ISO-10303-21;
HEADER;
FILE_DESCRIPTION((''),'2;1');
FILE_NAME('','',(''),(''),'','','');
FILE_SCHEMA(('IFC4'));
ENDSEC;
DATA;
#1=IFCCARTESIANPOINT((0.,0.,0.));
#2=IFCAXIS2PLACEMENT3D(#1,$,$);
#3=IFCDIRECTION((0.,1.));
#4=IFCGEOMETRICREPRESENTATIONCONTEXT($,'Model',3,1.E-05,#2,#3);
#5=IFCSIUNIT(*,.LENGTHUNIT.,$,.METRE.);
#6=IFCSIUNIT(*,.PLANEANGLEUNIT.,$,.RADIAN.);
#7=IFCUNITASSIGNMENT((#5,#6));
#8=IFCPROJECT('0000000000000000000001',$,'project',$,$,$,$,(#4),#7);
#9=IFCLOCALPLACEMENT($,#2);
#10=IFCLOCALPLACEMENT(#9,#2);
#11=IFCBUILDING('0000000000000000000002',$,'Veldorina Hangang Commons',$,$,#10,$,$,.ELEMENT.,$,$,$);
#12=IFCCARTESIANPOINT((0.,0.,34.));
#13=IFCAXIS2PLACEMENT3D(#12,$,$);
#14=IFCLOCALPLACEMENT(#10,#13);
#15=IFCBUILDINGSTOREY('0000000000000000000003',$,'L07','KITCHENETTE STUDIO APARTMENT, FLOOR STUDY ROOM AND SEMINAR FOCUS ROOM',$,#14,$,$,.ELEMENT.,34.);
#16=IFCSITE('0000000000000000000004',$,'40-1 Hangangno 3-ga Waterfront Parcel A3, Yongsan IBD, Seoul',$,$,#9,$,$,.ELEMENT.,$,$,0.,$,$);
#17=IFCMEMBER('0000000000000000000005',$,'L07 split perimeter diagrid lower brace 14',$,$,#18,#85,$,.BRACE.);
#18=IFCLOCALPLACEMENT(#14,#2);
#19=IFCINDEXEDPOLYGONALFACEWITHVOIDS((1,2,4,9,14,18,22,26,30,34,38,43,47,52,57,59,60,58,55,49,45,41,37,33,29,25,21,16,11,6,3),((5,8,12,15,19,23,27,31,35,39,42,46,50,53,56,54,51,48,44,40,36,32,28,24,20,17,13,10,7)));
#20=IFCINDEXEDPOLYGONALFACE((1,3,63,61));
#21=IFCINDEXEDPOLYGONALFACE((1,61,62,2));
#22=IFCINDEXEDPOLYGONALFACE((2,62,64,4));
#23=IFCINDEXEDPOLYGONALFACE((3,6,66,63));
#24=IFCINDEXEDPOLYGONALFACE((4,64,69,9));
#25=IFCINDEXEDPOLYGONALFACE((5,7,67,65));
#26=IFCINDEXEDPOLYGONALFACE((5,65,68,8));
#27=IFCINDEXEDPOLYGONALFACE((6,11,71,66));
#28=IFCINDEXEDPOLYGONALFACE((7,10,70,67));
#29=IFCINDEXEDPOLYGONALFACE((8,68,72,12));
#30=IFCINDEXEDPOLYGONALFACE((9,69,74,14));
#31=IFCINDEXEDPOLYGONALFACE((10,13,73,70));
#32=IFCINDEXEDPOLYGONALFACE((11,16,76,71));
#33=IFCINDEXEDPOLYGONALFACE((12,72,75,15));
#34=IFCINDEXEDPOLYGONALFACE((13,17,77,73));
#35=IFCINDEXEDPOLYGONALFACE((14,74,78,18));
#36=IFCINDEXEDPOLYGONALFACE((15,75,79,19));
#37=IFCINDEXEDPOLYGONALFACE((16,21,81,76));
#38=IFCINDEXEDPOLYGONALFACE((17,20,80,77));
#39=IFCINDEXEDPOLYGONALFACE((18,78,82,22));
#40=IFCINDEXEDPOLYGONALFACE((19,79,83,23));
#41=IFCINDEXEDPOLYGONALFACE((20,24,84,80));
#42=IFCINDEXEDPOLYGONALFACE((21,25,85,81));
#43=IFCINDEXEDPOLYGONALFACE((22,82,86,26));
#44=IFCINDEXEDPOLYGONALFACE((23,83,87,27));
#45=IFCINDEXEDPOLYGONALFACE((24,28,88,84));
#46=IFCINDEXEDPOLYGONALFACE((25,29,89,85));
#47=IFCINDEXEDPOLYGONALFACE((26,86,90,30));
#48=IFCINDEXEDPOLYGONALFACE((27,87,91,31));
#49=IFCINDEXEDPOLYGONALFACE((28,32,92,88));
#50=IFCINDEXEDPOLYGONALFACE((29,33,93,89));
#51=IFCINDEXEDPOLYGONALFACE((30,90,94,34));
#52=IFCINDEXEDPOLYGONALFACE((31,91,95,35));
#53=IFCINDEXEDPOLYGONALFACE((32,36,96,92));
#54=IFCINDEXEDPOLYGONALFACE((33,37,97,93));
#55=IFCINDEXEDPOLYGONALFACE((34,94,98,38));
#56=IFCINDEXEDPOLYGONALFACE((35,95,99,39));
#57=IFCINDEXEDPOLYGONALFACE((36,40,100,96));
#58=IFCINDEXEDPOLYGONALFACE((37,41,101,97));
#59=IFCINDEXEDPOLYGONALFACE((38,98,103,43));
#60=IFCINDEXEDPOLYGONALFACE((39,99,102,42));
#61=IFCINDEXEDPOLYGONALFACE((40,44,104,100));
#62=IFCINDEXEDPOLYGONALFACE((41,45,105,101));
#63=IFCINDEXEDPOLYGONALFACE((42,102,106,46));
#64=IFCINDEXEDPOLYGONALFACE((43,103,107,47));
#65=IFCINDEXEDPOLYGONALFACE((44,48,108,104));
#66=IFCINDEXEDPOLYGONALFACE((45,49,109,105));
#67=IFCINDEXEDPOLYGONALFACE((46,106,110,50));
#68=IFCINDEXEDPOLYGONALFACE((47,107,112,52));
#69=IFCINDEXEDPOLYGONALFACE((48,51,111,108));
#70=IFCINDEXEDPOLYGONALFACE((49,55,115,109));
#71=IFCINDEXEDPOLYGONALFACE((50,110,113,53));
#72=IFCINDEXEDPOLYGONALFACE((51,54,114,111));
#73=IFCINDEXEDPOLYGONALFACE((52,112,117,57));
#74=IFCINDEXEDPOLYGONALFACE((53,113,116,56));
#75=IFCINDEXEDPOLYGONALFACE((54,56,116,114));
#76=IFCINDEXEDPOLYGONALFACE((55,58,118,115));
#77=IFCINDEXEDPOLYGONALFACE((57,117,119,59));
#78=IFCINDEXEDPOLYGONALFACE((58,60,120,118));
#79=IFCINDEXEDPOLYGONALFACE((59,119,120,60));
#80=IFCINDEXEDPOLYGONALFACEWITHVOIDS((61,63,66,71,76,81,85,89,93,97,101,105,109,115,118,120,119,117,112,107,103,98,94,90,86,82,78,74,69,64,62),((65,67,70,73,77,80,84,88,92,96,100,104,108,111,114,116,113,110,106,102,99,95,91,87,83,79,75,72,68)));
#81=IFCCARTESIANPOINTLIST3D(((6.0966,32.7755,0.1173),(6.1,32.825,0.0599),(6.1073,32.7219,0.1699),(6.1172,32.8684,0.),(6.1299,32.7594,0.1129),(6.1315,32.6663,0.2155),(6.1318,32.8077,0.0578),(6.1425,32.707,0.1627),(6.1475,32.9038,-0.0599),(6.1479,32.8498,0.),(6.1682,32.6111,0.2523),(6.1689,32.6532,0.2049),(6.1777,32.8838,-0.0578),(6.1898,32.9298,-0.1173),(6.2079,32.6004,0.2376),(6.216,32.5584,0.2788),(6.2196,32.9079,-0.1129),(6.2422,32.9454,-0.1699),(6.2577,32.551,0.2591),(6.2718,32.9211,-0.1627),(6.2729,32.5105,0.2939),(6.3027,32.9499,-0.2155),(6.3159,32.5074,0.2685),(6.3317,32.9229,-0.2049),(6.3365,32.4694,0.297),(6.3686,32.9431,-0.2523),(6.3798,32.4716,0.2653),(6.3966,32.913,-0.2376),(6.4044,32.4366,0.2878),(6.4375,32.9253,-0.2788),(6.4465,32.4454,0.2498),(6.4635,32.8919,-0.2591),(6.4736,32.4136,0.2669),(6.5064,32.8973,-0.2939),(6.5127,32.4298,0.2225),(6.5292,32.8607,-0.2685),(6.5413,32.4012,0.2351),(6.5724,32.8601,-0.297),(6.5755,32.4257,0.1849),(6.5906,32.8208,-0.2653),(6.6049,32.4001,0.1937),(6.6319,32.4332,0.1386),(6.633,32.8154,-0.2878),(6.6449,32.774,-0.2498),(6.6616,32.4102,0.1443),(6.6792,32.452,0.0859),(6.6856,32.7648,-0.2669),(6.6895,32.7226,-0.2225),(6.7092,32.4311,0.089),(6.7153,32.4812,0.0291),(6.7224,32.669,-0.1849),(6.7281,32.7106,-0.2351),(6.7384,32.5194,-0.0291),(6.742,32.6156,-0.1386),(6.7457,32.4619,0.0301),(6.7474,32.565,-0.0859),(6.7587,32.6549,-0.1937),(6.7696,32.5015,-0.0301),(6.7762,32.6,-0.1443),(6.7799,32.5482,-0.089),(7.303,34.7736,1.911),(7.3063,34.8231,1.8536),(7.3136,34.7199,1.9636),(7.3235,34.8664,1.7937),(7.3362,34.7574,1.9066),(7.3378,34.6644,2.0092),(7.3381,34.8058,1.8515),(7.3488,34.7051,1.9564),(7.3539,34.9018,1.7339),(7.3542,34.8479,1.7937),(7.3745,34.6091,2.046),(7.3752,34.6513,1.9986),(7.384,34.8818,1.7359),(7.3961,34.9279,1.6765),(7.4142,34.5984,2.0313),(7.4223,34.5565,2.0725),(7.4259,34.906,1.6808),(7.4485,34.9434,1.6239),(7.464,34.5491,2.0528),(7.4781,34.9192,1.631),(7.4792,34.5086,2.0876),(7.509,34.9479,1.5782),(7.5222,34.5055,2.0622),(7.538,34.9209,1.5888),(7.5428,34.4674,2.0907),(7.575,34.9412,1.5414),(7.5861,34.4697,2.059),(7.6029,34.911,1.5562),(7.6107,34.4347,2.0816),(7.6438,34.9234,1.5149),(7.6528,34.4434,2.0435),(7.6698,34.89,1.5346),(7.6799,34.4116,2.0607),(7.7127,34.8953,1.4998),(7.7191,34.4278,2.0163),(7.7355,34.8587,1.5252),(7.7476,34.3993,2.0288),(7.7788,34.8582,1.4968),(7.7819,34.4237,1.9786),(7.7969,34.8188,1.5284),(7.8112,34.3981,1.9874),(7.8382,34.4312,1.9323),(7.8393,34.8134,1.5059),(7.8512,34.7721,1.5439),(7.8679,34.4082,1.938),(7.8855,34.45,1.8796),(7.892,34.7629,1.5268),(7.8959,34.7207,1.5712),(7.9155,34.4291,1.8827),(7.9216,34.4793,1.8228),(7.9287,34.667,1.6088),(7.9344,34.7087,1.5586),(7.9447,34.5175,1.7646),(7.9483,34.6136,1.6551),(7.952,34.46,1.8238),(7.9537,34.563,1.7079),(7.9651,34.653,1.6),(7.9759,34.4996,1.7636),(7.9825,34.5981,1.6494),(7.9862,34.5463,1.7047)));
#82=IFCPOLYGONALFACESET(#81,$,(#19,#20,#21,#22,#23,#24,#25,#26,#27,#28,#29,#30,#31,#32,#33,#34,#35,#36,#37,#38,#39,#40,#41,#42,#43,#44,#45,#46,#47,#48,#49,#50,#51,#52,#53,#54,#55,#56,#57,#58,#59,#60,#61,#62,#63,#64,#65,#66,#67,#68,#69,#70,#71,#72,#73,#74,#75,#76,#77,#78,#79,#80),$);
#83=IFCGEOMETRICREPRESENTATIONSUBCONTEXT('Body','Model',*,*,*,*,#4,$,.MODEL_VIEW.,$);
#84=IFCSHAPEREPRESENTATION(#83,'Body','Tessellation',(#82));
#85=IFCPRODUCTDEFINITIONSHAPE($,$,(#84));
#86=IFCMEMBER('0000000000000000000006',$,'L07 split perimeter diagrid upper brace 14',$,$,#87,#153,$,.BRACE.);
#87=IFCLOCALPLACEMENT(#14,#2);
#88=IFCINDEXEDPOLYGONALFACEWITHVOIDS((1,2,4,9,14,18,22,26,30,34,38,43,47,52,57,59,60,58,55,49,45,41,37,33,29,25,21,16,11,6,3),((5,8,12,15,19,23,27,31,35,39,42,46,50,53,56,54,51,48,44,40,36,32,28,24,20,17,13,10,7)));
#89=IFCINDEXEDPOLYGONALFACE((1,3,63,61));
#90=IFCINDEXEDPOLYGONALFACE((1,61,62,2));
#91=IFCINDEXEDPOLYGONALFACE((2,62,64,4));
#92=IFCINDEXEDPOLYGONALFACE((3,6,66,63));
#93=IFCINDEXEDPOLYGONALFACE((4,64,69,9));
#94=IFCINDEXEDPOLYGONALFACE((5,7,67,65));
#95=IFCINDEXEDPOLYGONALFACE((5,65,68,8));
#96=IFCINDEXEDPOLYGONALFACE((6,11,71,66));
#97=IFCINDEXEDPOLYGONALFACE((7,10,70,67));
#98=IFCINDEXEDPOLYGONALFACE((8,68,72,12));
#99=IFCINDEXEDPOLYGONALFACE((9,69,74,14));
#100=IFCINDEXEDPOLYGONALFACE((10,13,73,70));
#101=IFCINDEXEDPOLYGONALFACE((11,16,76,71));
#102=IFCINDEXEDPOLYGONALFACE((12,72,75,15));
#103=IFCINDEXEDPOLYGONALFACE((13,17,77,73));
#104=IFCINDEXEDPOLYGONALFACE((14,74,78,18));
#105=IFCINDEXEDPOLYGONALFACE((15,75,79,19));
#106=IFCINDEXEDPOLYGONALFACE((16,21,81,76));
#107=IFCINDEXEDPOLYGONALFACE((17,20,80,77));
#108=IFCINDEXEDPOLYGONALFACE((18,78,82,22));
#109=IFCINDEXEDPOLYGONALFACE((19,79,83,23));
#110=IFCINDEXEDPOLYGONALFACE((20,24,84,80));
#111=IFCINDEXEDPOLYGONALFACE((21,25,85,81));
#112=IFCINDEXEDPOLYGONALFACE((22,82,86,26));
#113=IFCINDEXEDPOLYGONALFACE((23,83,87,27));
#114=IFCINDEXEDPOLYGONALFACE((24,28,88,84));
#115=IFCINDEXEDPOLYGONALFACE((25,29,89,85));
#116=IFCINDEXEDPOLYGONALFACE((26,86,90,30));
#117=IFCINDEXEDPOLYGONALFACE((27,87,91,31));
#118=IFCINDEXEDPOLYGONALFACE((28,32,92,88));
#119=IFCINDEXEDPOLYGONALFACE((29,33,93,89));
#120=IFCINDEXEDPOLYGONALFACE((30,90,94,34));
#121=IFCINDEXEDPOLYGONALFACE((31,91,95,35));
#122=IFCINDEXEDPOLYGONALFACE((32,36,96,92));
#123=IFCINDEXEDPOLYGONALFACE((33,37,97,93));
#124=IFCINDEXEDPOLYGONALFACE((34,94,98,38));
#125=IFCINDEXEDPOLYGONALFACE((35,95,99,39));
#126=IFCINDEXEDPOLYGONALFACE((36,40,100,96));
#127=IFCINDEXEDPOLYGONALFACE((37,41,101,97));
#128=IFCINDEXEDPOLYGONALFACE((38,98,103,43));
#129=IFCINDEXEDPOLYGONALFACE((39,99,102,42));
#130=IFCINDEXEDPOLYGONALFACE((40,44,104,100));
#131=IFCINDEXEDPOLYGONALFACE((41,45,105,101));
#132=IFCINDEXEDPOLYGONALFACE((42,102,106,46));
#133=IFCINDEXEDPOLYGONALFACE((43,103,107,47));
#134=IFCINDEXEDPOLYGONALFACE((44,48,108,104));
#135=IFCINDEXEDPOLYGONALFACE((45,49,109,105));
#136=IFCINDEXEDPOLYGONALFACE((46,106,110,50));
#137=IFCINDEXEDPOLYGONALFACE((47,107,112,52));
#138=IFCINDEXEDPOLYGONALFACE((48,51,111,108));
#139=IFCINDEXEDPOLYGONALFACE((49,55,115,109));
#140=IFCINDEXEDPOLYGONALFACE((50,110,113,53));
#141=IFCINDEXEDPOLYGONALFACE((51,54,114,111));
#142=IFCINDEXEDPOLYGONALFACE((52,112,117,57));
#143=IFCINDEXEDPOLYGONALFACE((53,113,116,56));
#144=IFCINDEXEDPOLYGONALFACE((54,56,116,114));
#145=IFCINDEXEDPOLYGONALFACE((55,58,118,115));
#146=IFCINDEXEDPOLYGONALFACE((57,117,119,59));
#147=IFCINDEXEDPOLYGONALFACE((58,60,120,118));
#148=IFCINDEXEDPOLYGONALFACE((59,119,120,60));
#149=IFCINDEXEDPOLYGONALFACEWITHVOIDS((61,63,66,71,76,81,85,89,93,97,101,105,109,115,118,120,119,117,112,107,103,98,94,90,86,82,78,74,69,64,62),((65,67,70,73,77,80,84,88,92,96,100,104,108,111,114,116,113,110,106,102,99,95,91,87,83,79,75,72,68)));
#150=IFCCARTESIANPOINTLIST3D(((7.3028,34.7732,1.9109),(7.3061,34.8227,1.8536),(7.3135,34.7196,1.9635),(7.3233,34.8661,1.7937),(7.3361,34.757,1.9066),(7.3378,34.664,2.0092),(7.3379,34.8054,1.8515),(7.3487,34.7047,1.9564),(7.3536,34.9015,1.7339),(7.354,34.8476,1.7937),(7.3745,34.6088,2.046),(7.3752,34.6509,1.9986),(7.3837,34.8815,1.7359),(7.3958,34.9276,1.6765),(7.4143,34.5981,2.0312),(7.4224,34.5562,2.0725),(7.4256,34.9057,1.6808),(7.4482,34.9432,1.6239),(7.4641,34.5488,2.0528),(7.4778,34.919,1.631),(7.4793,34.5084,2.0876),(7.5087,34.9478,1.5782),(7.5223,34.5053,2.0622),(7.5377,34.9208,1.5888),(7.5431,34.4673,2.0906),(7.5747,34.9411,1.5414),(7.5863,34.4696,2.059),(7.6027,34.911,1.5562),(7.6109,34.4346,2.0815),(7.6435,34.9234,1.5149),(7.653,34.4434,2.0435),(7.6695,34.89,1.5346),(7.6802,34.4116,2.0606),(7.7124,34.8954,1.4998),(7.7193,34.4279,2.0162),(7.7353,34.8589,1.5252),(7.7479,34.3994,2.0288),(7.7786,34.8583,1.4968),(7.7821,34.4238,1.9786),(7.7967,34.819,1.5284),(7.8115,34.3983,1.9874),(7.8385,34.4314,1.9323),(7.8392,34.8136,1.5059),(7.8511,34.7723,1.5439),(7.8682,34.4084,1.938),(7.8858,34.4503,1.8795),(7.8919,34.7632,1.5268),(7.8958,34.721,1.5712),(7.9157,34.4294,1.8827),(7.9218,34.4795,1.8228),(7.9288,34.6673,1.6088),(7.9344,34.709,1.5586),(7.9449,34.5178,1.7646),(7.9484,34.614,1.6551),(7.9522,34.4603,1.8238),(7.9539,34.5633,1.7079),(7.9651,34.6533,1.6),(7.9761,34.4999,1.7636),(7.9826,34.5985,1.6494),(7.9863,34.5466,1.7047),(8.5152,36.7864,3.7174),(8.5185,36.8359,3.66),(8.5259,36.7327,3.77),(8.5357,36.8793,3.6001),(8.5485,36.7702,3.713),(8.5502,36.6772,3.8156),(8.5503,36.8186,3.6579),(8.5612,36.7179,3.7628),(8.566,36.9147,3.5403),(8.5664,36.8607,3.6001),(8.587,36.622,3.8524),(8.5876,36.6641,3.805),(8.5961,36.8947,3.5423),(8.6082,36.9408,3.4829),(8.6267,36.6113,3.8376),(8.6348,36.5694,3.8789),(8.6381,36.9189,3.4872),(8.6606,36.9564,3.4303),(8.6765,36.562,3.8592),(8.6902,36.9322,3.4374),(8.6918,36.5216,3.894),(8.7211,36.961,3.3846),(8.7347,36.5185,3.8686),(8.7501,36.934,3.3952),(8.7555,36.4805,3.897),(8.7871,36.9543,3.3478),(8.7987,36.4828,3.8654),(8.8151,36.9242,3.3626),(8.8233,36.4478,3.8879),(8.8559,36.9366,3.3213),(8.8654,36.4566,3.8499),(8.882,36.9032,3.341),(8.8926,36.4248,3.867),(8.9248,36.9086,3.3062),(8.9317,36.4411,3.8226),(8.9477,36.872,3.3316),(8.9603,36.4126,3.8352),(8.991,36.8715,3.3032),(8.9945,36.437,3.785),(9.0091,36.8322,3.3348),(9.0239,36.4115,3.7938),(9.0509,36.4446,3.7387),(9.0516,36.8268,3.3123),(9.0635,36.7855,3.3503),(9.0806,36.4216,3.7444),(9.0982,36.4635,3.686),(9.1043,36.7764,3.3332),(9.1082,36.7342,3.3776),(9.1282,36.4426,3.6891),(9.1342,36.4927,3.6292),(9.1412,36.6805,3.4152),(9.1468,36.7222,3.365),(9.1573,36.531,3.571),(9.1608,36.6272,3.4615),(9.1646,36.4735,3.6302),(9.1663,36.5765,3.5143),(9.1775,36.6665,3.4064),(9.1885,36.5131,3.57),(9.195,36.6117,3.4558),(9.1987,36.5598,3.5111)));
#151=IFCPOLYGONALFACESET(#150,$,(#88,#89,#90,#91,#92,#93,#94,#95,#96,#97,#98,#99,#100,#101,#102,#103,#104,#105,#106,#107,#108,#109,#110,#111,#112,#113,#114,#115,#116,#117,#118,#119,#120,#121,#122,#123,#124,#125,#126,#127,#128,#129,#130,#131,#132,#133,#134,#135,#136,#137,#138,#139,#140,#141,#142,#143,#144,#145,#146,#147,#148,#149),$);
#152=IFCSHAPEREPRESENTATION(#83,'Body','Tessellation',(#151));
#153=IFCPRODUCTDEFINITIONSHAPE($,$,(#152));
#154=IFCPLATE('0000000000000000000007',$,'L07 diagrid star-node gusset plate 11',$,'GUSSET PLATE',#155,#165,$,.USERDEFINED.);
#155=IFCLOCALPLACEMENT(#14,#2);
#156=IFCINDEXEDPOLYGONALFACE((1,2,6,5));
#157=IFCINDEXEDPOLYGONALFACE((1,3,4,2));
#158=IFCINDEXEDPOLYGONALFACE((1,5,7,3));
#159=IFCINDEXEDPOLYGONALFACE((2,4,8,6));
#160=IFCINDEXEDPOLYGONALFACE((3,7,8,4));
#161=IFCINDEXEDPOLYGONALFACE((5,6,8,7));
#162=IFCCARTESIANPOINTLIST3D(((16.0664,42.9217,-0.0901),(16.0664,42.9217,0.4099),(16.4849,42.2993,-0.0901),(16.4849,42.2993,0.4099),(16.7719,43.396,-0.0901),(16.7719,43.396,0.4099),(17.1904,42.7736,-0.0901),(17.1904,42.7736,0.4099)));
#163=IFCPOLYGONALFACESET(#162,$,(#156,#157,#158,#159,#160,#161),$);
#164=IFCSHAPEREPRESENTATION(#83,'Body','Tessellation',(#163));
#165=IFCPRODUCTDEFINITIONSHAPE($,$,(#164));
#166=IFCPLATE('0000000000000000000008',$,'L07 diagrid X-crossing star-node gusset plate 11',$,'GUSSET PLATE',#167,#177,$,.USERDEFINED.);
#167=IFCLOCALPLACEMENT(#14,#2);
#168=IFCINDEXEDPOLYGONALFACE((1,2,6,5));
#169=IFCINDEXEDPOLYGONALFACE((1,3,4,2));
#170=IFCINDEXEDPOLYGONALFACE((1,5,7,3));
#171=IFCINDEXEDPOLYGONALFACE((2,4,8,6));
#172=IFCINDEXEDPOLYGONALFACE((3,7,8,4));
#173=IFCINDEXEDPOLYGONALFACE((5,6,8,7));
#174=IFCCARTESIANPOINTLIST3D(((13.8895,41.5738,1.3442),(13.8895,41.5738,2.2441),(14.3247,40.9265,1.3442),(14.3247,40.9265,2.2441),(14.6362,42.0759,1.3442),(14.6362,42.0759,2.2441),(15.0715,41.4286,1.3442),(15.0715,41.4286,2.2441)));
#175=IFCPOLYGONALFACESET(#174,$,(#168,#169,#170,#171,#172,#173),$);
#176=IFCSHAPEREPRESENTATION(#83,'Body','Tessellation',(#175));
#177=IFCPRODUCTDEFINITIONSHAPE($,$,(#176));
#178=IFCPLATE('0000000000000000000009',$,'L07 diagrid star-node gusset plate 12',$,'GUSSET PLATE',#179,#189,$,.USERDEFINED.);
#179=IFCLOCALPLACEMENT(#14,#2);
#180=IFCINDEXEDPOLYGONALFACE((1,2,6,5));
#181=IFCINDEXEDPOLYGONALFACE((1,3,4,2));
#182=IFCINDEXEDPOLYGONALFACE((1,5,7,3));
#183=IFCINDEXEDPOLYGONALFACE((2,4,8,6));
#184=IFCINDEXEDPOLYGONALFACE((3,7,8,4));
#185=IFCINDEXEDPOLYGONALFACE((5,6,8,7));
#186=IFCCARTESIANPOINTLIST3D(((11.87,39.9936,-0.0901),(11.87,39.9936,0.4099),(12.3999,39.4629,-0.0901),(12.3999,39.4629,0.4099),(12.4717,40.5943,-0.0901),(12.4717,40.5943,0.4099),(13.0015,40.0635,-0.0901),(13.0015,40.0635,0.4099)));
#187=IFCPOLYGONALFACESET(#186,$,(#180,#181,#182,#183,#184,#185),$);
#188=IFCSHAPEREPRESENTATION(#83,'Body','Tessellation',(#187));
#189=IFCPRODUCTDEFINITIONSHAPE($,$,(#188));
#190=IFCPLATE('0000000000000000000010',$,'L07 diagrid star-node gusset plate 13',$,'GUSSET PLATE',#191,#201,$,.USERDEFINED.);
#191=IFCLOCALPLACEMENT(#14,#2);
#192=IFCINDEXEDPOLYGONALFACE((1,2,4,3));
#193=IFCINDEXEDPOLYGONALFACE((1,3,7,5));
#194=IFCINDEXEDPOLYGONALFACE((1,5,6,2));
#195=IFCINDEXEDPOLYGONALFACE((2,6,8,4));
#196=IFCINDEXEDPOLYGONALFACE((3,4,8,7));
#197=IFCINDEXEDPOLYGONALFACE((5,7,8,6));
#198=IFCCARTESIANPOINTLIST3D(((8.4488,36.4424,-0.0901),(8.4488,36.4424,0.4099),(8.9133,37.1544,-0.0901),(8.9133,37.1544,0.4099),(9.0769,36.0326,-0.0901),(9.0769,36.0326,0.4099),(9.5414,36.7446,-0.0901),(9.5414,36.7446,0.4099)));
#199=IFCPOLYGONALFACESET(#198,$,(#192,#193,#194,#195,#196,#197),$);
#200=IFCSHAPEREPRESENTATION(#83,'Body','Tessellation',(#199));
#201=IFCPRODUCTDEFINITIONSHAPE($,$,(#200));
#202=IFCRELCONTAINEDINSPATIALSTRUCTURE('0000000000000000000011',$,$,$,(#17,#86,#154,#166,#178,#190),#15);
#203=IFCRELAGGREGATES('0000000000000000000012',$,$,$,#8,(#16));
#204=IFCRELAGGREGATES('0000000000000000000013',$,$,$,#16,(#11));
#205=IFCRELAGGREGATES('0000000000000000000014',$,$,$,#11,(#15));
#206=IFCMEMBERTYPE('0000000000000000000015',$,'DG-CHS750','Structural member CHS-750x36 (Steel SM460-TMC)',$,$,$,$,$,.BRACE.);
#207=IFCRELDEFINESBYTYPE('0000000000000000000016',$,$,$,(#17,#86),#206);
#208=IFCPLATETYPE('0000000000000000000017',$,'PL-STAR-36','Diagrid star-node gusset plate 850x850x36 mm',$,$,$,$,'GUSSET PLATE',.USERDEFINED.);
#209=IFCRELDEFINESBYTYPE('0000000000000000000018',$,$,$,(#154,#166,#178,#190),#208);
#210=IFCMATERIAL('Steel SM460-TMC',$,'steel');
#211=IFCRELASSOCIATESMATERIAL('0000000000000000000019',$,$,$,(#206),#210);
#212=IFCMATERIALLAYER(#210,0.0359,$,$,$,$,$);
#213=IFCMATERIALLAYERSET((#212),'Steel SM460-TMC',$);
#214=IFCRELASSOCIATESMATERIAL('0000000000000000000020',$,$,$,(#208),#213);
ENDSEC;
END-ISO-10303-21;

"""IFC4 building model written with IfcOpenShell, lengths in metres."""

from ifc_helpers import new_model, si_unit, direction, frame, origin, origin_2d, place, context, subcontext, project, spatial, rectangle, hollow_circle, extrude, material, layer, layer_set, material_profile, profile_set, type_object, element, save


model = new_model("IFC4")

# Units and contexts
model_context = context("Model", 3, precision=1e-05, world=origin(), true_north=direction((0.0, 1.0)))
body_context = subcontext(model_context, "Body", "Model", "MODEL_VIEW")
ifc_project = project(units=[si_unit("LENGTHUNIT", "METRE"), si_unit("PLANEANGLEUNIT", "RADIAN")], contexts=[model_context])

# Site, building, storey
site_placement = place(None, origin())
site = spatial("IfcSite", under=ifc_project, at=site_placement, Name="40-1 Hangangno 3-ga Waterfront Parcel A3, Yongsan IBD, Seoul", CompositionType="ELEMENT", RefElevation=0.0)
building_placement = place(site_placement, origin())
building = spatial("IfcBuilding", under=site, at=building_placement, Name="Veldorina Hangang Commons", CompositionType="ELEMENT")
storey_placement = place(building_placement, frame((0.0, 0.0, 34.0)))
storey = spatial("IfcBuildingStorey", under=building, at=storey_placement, Name="L07", Description="KITCHENETTE STUDIO APARTMENT, FLOOR STUDY ROOM AND SEMINAR FOCUS ROOM", CompositionType="ELEMENT", Elevation=34.0)

# Shared definitions
ifc_material_1 = material(Name="Steel SM460-TMC", Category="steel")

# Members
ifc_material_profile_1 = material_profile(ifc_material_1, hollow_circle(Radius=0.375, WallThickness=0.0359, at=origin_2d()), Name="CHS-750x36")
ifc_profile_set_1 = profile_set([ifc_material_profile_1], Name="Steel SM460-TMC")
member_type = type_object("IfcMemberType", Name="DG-CHS750", Description="Structural member CHS-750x36 (Steel SM460-TMC)", PredefinedType="BRACE", material=ifc_profile_set_1)
member_1_placement = place(storey_placement, frame((6.4382, 32.6746, 0.0), z_axis=(0.409806, 0.678779, 0.609359), x_axis=(-0.856078, 0.516847, 0.0)))
element("IfcMember", 1, at=member_1_placement, inside=storey, type_object=member_type, Name="L07 split perimeter diagrid lower brace 14", PredefinedType="BRACE", context=body_context, shape_type="SweptSolid", body=[
    extrude(hollow_circle(Radius=0.375, WallThickness=0.0359, at=origin_2d()), origin(), (0.0, 0.0, 1.0), 2.9436),
])
member_2_placement = place(storey_placement, frame((7.6445, 34.6726, 1.7937), z_axis=(0.409029, 0.679189, 0.609425), x_axis=(-0.856648, 0.515901, 0.0)))
element("IfcMember", 2, at=member_2_placement, inside=storey, type_object=member_type, Name="L07 split perimeter diagrid upper brace 14", PredefinedType="BRACE", context=body_context, shape_type="SweptSolid", body=[
    extrude(hollow_circle(Radius=0.375, WallThickness=0.0359, at=origin_2d()), origin(), (0.0, 0.0, 1.0), 2.9641),
])

# Plates
ifc_layer_1 = layer(ifc_material_1, 0.0359)
ifc_layer_set_1 = layer_set([ifc_layer_1], Name="Steel SM460-TMC")
plate_type = type_object("IfcPlateType", Name="PL-STAR-36", Description="Diagrid star-node gusset plate 850x850x36 mm", ElementType="GUSSET PLATE", PredefinedType="USERDEFINED", material=ifc_layer_set_1)
plate_1_placement = place(storey_placement, frame((16.6284, 42.8477, -0.0901), z_axis=(0.0, 0.0, 1.0), x_axis=(-0.829857, -0.557977, 0.0)))
element("IfcPlate", 3, at=plate_1_placement, inside=storey, type_object=plate_type, Name="L07 diagrid star-node gusset plate 11", ObjectType="GUSSET PLATE", PredefinedType="USERDEFINED", context=body_context, shape_type="SweptSolid", body=[
    extrude(rectangle(XDim=0.8501, YDim=0.75, at=origin_2d()), origin(), (0.0, 0.0, 1.0), 0.5),
])
plate_2_placement = place(storey_placement, frame((14.4805, 41.5012, 1.3442), z_axis=(0.0, 0.0, 1.0), x_axis=(-0.829857, -0.557977, 0.0)))
element("IfcPlate", 4, at=plate_2_placement, inside=storey, type_object=plate_type, Name="L07 diagrid X-crossing star-node gusset plate 11", ObjectType="GUSSET PLATE", PredefinedType="USERDEFINED", context=body_context, shape_type="SweptSolid", body=[
    extrude(rectangle(XDim=0.8999, YDim=0.78, at=origin_2d()), origin(), (0.0, 0.0, 1.0), 0.8999),
])
for number, where, z_axis, x_axis, name in (
    (5, (12.4358, 40.0286, -0.0901), (0.0, 0.0, 1.0), (-0.707699, -0.706514, 0.0), "L07 diagrid star-node gusset plate 12"),
    (6, (8.9951, 36.5935, -0.0901), (0.0, 0.0, 1.0), (-0.546409, -0.837519, 0.0), "L07 diagrid star-node gusset plate 13"),
):
    element("IfcPlate", number, at=place(storey_placement, frame(where, z_axis=z_axis, x_axis=x_axis)), inside=storey, type_object=plate_type, Name=name, ObjectType="GUSSET PLATE", PredefinedType="USERDEFINED", context=body_context, shape_type="SweptSolid", body=[
        extrude(rectangle(XDim=0.8501, YDim=0.75, at=origin_2d()), origin(), (0.0, 0.0, 1.0), 0.5),
    ])

save(model, "model.ifc")
